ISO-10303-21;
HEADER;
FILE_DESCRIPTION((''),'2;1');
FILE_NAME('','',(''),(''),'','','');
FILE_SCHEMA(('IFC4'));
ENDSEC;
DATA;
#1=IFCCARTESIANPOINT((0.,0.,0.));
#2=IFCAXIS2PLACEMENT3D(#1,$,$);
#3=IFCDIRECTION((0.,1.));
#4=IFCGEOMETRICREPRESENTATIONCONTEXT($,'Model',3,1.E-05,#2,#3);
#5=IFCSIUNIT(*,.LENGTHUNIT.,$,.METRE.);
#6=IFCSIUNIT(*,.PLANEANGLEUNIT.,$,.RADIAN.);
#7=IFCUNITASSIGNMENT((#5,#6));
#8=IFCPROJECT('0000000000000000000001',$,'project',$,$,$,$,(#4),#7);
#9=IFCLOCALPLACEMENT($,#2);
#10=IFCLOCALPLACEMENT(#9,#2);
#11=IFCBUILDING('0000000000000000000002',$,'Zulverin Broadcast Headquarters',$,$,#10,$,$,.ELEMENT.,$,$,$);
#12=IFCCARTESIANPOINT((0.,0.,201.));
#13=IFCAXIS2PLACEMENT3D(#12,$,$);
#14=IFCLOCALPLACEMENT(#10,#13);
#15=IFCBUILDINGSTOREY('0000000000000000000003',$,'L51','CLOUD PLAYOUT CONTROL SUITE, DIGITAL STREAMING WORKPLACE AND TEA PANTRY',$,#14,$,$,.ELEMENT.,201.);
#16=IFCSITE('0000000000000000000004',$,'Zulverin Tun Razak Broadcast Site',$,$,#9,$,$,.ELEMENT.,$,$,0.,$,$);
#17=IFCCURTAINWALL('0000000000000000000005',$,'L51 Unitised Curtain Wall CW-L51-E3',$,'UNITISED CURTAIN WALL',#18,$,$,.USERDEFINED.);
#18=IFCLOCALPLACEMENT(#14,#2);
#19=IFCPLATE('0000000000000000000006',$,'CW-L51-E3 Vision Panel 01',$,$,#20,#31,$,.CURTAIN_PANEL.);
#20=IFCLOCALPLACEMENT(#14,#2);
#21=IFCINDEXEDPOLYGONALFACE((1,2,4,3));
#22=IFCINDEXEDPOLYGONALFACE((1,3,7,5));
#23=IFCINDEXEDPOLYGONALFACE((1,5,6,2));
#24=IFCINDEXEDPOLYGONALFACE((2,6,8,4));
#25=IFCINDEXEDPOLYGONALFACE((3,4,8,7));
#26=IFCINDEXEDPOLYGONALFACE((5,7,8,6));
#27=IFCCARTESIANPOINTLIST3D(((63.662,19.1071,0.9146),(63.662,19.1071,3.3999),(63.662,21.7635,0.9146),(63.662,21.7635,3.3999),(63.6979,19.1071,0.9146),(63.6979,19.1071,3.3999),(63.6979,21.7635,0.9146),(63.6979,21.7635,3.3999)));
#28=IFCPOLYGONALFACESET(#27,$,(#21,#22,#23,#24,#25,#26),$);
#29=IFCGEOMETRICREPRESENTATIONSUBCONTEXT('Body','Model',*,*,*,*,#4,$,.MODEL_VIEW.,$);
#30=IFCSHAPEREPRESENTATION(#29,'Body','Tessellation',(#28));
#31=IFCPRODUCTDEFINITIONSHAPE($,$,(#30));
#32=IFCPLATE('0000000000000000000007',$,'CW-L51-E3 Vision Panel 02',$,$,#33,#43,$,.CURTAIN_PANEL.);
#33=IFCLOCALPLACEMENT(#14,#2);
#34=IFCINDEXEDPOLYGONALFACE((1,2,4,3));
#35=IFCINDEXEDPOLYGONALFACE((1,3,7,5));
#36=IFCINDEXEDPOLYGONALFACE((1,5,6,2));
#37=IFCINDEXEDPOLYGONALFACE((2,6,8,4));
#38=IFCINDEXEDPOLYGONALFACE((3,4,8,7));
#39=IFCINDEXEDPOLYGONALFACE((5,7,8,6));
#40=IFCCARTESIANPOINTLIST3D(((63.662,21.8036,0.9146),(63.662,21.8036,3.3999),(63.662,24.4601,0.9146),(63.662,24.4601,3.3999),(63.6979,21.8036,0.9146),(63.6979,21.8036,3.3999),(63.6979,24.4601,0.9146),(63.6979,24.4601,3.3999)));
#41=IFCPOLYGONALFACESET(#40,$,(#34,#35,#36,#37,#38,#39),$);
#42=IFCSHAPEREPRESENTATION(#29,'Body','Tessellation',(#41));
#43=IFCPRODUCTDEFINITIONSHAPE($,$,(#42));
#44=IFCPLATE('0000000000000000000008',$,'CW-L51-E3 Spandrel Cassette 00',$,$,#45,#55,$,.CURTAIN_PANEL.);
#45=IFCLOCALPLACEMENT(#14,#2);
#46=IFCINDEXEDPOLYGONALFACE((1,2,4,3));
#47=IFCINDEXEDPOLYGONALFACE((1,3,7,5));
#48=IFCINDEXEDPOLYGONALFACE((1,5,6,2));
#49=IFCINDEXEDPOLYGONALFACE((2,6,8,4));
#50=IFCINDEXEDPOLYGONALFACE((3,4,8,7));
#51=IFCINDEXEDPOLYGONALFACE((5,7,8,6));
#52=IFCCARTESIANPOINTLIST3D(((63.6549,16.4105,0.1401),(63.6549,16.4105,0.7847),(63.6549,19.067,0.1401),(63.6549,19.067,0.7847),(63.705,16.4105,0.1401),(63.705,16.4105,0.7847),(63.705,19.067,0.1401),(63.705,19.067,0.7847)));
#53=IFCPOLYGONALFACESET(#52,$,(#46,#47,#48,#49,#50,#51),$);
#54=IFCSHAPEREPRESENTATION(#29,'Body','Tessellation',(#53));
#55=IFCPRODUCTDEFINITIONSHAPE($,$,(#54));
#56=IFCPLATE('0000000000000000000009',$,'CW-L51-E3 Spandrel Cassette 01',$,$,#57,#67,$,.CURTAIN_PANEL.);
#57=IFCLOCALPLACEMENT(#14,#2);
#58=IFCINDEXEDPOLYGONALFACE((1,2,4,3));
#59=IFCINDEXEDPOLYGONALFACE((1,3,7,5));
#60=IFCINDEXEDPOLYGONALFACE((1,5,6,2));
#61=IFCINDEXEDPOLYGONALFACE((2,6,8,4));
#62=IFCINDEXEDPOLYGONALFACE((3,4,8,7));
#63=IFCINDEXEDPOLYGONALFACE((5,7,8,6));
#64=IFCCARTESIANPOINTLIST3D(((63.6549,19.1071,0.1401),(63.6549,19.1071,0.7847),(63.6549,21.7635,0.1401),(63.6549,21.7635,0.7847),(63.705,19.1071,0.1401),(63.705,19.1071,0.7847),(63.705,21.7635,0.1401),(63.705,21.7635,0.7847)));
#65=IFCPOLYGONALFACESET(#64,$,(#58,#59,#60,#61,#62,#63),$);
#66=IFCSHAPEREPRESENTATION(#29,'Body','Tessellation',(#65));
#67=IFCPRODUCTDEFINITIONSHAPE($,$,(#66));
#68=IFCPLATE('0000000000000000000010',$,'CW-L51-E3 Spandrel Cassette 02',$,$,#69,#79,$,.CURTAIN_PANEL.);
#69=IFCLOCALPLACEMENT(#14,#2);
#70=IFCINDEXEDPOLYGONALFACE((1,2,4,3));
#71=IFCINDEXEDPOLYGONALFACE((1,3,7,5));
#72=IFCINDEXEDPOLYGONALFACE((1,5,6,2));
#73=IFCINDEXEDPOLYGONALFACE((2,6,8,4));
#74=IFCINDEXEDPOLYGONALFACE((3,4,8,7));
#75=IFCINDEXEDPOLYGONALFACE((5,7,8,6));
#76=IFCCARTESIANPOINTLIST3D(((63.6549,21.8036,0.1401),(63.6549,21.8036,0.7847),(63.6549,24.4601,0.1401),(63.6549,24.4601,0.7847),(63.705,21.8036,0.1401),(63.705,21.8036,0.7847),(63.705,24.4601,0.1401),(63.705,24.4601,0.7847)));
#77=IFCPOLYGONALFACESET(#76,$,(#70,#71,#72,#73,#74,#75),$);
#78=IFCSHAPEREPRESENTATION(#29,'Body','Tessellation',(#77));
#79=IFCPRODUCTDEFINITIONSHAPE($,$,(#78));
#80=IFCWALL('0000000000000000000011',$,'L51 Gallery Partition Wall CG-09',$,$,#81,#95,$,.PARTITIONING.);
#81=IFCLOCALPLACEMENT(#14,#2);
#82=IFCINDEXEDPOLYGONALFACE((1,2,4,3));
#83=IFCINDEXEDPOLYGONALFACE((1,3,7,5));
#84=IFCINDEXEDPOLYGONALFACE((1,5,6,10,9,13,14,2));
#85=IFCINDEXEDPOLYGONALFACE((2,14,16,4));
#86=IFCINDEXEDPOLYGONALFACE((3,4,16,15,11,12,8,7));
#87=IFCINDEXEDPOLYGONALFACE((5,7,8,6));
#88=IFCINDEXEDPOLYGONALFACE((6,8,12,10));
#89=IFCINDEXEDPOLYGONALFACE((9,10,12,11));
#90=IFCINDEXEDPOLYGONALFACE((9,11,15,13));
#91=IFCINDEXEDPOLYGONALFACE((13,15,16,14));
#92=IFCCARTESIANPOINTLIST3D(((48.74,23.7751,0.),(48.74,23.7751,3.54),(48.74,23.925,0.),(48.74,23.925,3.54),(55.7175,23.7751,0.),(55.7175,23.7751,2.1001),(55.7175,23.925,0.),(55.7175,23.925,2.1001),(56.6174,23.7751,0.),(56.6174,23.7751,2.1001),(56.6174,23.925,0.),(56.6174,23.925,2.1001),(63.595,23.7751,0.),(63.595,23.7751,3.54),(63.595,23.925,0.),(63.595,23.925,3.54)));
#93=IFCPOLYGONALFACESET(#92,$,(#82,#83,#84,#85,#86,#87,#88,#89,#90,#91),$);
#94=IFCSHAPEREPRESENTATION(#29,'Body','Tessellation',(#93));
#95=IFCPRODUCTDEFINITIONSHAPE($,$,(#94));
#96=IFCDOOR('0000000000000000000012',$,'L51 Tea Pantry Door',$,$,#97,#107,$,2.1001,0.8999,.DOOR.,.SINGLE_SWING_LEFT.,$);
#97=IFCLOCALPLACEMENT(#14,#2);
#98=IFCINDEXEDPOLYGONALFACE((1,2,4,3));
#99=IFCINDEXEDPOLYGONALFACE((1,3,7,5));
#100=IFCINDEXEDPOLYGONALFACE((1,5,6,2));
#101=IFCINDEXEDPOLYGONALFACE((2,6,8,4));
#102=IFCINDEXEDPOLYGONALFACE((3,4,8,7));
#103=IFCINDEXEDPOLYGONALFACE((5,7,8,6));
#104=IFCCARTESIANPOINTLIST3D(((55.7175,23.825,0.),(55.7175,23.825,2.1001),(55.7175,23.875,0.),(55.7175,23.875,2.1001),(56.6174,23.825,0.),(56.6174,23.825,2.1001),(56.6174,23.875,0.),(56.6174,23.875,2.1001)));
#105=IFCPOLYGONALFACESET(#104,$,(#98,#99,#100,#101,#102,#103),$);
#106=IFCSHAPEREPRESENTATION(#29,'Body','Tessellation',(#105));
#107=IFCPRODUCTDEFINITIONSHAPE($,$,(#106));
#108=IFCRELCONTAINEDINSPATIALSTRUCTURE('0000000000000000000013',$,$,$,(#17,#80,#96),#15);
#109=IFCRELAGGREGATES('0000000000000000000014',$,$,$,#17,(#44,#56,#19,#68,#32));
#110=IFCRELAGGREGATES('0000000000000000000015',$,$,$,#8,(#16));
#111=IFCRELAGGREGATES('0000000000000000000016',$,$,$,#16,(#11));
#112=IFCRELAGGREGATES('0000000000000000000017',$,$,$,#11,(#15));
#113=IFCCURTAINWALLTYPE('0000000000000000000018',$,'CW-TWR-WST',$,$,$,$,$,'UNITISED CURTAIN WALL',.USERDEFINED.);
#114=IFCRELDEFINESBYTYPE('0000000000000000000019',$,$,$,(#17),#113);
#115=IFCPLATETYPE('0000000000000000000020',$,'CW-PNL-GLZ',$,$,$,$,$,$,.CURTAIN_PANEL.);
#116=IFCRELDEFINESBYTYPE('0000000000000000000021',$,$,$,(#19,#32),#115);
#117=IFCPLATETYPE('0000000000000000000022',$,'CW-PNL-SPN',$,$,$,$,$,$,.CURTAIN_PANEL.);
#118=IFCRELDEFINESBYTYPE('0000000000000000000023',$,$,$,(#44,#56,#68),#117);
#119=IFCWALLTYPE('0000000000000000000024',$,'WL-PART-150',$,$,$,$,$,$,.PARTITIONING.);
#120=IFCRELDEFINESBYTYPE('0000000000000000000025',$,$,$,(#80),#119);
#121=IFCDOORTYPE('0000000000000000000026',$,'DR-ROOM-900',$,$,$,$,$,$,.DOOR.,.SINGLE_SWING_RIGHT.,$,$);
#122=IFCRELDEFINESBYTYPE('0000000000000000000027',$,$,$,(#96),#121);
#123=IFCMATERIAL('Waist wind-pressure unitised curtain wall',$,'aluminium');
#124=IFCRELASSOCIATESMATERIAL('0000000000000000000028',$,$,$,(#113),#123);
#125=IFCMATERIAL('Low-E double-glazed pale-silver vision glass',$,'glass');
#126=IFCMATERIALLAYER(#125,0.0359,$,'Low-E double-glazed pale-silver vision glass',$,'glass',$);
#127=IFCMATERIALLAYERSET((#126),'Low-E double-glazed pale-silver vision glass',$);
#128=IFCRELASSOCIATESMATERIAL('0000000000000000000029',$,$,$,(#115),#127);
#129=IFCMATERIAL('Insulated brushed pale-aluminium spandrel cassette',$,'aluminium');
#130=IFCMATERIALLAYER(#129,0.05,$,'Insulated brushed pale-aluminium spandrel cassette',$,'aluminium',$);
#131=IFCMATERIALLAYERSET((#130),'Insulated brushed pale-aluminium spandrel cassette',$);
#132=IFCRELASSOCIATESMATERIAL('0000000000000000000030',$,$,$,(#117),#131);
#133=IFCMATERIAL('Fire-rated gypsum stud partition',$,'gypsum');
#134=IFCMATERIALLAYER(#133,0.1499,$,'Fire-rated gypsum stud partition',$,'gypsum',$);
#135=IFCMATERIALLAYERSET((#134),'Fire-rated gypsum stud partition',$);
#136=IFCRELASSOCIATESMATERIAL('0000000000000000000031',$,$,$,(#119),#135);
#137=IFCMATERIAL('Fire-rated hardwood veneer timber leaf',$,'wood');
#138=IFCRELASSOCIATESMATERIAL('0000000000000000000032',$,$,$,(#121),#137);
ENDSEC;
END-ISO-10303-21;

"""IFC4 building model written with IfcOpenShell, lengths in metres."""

from ifc_helpers import new_model, si_unit, direction, frame, frame_2d, origin, origin_2d, place, context, subcontext, project, spatial, rectangle, extrude, material, layer, layer_set, type_object, element, fill, aggregate, save


model = new_model("IFC4")

# Units and contexts
model_context = context("Model", 3, precision=1e-05, world=origin(), true_north=direction((0.0, 1.0)))
body_context = subcontext(model_context, "Body", "Model", "MODEL_VIEW")
ifc_project = project(units=[si_unit("LENGTHUNIT", "METRE"), si_unit("PLANEANGLEUNIT", "RADIAN")], contexts=[model_context])

# Site, building, storey
site_placement = place(None, origin())
site = spatial("IfcSite", under=ifc_project, at=site_placement, Name="Zulverin Tun Razak Broadcast Site", CompositionType="ELEMENT", RefElevation=0.0)
building_placement = place(site_placement, origin())
building = spatial("IfcBuilding", under=site, at=building_placement, Name="Zulverin Broadcast Headquarters", CompositionType="ELEMENT")
storey_placement = place(building_placement, frame((0.0, 0.0, 201.0)))
storey = spatial("IfcBuildingStorey", under=building, at=storey_placement, Name="L51", Description="CLOUD PLAYOUT CONTROL SUITE, DIGITAL STREAMING WORKPLACE AND TEA PANTRY", CompositionType="ELEMENT", Elevation=201.0)

# Curtain wall, plates
ifc_material_1 = material(Name="Waist wind-pressure unitised curtain wall", Category="aluminium")
curtain_wall_type = type_object("IfcCurtainWallType", Name="CW-TWR-WST", ElementType="UNITISED CURTAIN WALL", PredefinedType="USERDEFINED", material=ifc_material_1)
curtain_wall_placement = place(storey_placement, origin())
curtain_wall = element("IfcCurtainWall", 1, at=curtain_wall_placement, inside=storey, type_object=curtain_wall_type, Name="L51 Unitised Curtain Wall CW-L51-E3", ObjectType="UNITISED CURTAIN WALL", PredefinedType="USERDEFINED")
ifc_material_2 = material(Name="Low-E double-glazed pale-silver vision glass", Category="glass")
ifc_layer_1 = layer(ifc_material_2, 0.0359, Name="Low-E double-glazed pale-silver vision glass", Category="glass")
ifc_layer_set_1 = layer_set([ifc_layer_1], Name="Low-E double-glazed pale-silver vision glass")
plate_type_1 = type_object("IfcPlateType", Name="CW-PNL-GLZ", PredefinedType="CURTAIN_PANEL", material=ifc_layer_set_1)
plate_1_placement = place(storey_placement, frame((63.6799, 20.4353, 0.9146), z_axis=(0.0, 0.0, 1.0), x_axis=(0.0, 1.0, 0.0)))
plate_1 = element("IfcPlate", 2, at=plate_1_placement, type_object=plate_type_1, Name="CW-L51-E3 Vision Panel 01", PredefinedType="CURTAIN_PANEL", context=body_context, shape_type="SweptSolid", body=[
    extrude(rectangle(XDim=2.6565, YDim=0.0359, at=origin_2d()), origin(), (0.0, 0.0, 1.0), 2.4854),
])
plate_2_placement = place(storey_placement, frame((63.6799, 23.1318, 0.9146), z_axis=(0.0, 0.0, 1.0), x_axis=(0.0, 1.0, 0.0)))
plate_2 = element("IfcPlate", 3, at=plate_2_placement, type_object=plate_type_1, Name="CW-L51-E3 Vision Panel 02", PredefinedType="CURTAIN_PANEL", context=body_context, shape_type="SweptSolid", body=[
    extrude(rectangle(XDim=2.6565, YDim=0.0359, at=origin_2d()), origin(), (0.0, 0.0, 1.0), 2.4854),
])
ifc_material_3 = material(Name="Insulated brushed pale-aluminium spandrel cassette", Category="aluminium")
ifc_layer_2 = layer(ifc_material_3, 0.05, Name="Insulated brushed pale-aluminium spandrel cassette", Category="aluminium")
ifc_layer_set_2 = layer_set([ifc_layer_2], Name="Insulated brushed pale-aluminium spandrel cassette")
plate_type_2 = type_object("IfcPlateType", Name="CW-PNL-SPN", PredefinedType="CURTAIN_PANEL", material=ifc_layer_set_2)
plate_3_placement = place(storey_placement, frame((63.6799, 17.7388, 0.1401), z_axis=(0.0, 0.0, 1.0), x_axis=(0.0, 1.0, 0.0)))
plate_3 = element("IfcPlate", 4, at=plate_3_placement, type_object=plate_type_2, Name="CW-L51-E3 Spandrel Cassette 00", PredefinedType="CURTAIN_PANEL", context=body_context, shape_type="SweptSolid", body=[
    extrude(rectangle(XDim=2.6565, YDim=0.05, at=origin_2d()), origin(), (0.0, 0.0, 1.0), 0.6445),
])
plate_4_placement = place(storey_placement, frame((63.6799, 20.4353, 0.1401), z_axis=(0.0, 0.0, 1.0), x_axis=(0.0, 1.0, 0.0)))
plate_4 = element("IfcPlate", 5, at=plate_4_placement, type_object=plate_type_2, Name="CW-L51-E3 Spandrel Cassette 01", PredefinedType="CURTAIN_PANEL", context=body_context, shape_type="SweptSolid", body=[
    extrude(rectangle(XDim=2.6565, YDim=0.05, at=origin_2d()), origin(), (0.0, 0.0, 1.0), 0.6445),
])
plate_5_placement = place(storey_placement, frame((63.6799, 23.1318, 0.1401), z_axis=(0.0, 0.0, 1.0), x_axis=(0.0, 1.0, 0.0)))
plate_5 = element("IfcPlate", 6, at=plate_5_placement, type_object=plate_type_2, Name="CW-L51-E3 Spandrel Cassette 02", PredefinedType="CURTAIN_PANEL", context=body_context, shape_type="SweptSolid", body=[
    extrude(rectangle(XDim=2.6565, YDim=0.05, at=origin_2d()), origin(), (0.0, 0.0, 1.0), 0.6445),
])
aggregate(curtain_wall, [plate_3, plate_4, plate_1, plate_5, plate_2])

# Wall, opening, door
ifc_material_4 = material(Name="Fire-rated gypsum stud partition", Category="gypsum")
ifc_layer_3 = layer(ifc_material_4, 0.1499, Name="Fire-rated gypsum stud partition", Category="gypsum")
ifc_layer_set_3 = layer_set([ifc_layer_3], Name="Fire-rated gypsum stud partition")
wall_type_1 = type_object("IfcWallType", Name="WL-PART-150", PredefinedType="PARTITIONING", material=ifc_layer_set_3)
wall_1_placement = place(storey_placement, frame((48.74, 23.8501, 0.0), z_axis=(0.0, 0.0, 1.0), x_axis=(1.0, 0.0, 0.0)))
wall_1 = element("IfcWall", 7, at=wall_1_placement, inside=storey, type_object=wall_type_1, Name="L51 Gallery Partition Wall CG-09", PredefinedType="PARTITIONING", context=body_context, shape_type="SweptSolid", body=[
    extrude(rectangle(XDim=14.855, YDim=0.1499, at=frame_2d((7.4275, 0.0))), origin(), (0.0, 0.0, 1.0), 3.54),
])
opening_1_placement = place(wall_1_placement, frame((6.9775, 0.0, 0.0)))
opening_1 = element("IfcOpeningElement", 8, at=opening_1_placement, cuts=wall_1, PredefinedType="OPENING", context=body_context, shape_type="SweptSolid", body=[
    extrude(rectangle(XDim=0.8999, YDim=2.1001, at=frame_2d((0.45, 1.05))), frame((0.0, 0.085, 0.0), z_axis=(0.0, -1.0, 0.0), x_axis=(1.0, 0.0, 0.0)), (0.0, 0.0, 1.0), 0.1699),
])
ifc_material_5 = material(Name="Fire-rated hardwood veneer timber leaf", Category="wood")
door_type_1 = type_object("IfcDoorType", Name="DR-ROOM-900", OperationType="SINGLE_SWING_RIGHT", PredefinedType="DOOR", material=ifc_material_5)
door_1_placement = place(opening_1_placement, origin())
door_1 = element("IfcDoor", 9, at=door_1_placement, inside=storey, type_object=door_type_1, Name="L51 Tea Pantry Door", OperationType="SINGLE_SWING_LEFT", OverallHeight=2.1001, OverallWidth=0.8999, PredefinedType="DOOR", context=body_context, shape_type="SweptSolid", body=[
    extrude(rectangle(XDim=0.8999, YDim=2.1001, at=frame_2d((0.45, 1.05))), frame((0.0, 0.0249, 0.0), z_axis=(0.0, -1.0, 0.0), x_axis=(1.0, 0.0, 0.0)), (0.0, 0.0, 1.0), 0.05),
])
fill(opening_1, door_1)

save(model, "model.ifc")
